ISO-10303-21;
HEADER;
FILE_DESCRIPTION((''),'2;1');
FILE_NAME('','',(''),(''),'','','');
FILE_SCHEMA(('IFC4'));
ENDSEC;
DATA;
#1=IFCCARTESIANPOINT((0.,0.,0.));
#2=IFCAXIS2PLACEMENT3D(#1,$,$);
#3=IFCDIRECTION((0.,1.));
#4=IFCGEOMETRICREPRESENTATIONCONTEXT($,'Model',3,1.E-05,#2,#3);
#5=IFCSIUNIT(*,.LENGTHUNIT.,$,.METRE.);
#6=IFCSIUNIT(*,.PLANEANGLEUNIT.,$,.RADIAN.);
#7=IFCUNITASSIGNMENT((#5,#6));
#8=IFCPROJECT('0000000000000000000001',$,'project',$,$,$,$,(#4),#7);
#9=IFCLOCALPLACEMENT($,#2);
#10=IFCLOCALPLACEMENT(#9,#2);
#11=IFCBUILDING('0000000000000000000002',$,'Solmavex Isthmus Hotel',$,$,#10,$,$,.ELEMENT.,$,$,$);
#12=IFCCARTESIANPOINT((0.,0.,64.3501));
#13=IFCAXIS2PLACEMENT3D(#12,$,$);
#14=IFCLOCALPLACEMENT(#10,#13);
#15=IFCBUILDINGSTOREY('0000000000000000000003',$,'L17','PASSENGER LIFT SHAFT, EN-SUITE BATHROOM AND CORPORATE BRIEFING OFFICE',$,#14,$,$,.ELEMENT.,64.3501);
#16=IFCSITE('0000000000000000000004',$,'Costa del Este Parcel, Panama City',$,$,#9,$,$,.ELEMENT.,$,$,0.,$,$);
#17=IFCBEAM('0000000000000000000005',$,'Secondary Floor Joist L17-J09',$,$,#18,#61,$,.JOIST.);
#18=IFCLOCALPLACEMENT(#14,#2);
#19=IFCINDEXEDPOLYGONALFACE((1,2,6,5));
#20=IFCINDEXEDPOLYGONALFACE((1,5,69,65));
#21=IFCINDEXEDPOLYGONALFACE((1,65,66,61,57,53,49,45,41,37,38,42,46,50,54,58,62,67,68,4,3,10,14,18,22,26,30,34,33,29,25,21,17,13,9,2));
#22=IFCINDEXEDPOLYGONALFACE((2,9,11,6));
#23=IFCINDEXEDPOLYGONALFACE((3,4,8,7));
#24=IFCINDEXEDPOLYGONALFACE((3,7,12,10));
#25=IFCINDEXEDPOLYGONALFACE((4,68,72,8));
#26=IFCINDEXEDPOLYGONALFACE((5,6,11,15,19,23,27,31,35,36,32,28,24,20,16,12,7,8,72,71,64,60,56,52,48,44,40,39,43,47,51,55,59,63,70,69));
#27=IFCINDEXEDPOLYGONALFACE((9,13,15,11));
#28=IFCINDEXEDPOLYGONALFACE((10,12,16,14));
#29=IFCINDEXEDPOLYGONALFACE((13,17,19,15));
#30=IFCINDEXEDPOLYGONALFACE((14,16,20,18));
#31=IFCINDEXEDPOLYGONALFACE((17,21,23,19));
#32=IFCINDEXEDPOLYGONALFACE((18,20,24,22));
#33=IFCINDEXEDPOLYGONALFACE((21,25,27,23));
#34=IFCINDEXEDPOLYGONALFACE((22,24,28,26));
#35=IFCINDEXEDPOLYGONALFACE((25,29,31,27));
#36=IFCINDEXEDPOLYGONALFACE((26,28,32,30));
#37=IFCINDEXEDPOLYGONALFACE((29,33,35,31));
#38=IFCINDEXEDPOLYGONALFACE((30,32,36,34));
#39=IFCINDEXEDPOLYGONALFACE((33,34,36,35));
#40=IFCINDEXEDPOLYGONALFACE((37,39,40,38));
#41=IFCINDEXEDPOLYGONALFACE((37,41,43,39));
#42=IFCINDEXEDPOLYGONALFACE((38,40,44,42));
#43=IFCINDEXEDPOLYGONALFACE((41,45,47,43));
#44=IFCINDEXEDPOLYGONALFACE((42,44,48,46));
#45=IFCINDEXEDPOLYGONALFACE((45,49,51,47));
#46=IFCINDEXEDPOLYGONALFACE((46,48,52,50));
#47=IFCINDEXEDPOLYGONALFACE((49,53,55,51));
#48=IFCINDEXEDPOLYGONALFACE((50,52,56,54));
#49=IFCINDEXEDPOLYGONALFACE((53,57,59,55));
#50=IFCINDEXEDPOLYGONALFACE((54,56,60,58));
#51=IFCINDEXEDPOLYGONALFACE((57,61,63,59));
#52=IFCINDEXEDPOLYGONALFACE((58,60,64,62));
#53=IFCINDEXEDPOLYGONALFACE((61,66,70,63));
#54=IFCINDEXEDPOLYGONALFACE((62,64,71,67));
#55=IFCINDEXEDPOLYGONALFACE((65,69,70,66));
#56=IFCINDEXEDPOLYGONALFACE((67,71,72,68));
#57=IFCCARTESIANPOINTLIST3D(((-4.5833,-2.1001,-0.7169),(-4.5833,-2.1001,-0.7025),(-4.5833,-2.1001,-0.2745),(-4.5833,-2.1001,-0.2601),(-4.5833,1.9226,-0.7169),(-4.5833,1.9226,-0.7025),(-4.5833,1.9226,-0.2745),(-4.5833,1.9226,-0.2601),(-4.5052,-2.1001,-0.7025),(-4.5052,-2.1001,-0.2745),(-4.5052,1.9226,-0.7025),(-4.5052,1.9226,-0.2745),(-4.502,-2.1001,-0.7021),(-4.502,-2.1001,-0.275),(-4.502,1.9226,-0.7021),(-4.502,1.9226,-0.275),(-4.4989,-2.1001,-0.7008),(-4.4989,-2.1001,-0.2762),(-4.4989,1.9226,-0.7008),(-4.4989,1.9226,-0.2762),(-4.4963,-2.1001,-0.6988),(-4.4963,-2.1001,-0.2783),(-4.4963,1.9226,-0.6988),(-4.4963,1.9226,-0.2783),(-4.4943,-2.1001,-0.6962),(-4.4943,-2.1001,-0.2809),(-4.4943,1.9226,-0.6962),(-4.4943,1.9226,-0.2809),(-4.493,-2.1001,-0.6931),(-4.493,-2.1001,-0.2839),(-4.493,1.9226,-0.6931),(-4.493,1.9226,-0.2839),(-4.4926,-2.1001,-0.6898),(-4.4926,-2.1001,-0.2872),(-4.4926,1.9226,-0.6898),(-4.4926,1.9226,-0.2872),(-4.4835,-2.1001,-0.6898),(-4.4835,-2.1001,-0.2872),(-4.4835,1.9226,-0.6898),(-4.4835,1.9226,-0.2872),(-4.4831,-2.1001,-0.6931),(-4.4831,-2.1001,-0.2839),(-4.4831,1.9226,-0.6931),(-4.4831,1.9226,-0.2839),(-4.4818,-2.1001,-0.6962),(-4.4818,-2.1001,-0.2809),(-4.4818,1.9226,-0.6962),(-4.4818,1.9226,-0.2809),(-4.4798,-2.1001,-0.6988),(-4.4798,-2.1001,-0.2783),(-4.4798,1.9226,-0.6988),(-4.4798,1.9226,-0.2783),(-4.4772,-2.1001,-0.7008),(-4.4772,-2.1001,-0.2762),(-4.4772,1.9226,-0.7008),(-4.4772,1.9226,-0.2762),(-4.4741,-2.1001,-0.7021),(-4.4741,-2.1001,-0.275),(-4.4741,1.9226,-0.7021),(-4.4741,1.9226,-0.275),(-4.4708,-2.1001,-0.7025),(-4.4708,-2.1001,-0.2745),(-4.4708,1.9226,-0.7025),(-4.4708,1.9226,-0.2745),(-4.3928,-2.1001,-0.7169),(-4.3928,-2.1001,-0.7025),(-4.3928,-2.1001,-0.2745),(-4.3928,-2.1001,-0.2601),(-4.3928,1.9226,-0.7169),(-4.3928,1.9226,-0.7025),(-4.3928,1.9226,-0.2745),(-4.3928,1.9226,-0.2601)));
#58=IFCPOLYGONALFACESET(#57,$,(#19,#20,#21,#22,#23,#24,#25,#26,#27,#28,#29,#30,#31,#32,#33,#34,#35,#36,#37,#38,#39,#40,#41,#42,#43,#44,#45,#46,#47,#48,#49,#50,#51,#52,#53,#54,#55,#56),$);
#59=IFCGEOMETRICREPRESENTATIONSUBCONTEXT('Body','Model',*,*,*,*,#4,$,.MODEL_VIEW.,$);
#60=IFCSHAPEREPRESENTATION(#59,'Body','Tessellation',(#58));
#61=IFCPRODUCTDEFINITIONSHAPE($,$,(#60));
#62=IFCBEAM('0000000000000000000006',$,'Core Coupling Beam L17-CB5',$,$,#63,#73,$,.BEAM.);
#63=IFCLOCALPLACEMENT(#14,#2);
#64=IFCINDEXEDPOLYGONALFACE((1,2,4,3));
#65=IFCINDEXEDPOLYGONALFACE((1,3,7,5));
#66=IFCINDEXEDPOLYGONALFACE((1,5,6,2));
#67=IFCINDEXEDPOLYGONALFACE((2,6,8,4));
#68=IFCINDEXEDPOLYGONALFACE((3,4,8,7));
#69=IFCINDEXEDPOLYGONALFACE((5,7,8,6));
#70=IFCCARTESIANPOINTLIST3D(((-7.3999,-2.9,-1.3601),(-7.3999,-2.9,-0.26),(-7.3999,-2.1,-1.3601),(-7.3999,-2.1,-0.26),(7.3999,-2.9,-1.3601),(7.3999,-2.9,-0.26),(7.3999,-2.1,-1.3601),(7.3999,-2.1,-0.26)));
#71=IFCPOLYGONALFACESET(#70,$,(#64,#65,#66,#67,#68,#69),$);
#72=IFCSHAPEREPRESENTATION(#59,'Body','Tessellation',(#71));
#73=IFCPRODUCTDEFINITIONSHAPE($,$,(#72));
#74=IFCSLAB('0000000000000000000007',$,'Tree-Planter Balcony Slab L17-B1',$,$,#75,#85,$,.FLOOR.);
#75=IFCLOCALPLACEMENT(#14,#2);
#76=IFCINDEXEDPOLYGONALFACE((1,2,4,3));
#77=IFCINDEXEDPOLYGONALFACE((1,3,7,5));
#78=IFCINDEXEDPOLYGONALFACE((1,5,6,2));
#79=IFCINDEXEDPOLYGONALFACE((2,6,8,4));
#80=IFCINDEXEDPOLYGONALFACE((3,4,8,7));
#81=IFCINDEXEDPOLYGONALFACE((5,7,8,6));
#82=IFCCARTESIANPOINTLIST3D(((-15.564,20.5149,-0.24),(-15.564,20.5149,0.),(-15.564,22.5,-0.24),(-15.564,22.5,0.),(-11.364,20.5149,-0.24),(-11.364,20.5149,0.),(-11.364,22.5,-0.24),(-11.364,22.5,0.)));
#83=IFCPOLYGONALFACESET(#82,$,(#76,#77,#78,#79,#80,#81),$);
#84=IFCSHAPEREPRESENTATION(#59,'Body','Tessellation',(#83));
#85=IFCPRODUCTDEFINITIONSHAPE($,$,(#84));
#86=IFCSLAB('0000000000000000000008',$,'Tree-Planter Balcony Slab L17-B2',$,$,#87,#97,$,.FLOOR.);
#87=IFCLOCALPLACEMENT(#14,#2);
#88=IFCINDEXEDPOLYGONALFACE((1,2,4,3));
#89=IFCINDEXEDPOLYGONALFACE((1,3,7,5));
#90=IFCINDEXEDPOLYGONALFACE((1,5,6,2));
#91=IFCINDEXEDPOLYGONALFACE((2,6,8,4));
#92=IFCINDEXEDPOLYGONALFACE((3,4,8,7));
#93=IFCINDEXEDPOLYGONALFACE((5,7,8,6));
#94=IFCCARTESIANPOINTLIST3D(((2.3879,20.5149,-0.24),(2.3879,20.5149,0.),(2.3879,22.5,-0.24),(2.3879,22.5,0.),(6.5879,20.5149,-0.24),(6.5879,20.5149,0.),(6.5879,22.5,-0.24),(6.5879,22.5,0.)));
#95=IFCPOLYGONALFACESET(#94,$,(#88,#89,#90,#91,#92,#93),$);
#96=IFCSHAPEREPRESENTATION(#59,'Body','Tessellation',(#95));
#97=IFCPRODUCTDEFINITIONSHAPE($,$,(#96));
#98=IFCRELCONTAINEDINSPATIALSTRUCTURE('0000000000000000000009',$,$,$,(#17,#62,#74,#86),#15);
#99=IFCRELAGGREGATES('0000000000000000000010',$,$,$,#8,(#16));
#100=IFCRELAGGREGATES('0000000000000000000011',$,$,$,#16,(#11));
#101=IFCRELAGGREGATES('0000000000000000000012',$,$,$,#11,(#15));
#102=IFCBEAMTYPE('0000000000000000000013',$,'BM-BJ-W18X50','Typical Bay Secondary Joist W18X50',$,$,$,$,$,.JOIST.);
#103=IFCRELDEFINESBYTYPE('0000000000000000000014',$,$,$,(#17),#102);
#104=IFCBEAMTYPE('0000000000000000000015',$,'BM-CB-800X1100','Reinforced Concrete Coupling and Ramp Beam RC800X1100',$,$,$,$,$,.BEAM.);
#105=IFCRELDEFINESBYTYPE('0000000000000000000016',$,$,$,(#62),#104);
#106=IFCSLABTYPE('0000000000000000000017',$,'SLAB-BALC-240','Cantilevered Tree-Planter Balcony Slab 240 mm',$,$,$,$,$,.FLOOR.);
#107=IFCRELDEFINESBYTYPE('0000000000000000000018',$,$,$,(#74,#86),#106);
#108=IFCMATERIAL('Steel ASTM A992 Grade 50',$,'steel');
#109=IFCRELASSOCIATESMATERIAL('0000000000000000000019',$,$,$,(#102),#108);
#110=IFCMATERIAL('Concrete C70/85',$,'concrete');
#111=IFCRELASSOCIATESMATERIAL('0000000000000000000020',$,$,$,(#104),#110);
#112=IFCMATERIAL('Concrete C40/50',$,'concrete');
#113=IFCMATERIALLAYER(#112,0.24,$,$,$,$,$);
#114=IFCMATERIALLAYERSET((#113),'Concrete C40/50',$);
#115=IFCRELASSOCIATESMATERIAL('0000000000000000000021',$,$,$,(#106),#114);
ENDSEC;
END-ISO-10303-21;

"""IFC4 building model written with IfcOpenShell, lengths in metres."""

from ifc_helpers import new_model, si_unit, direction, frame, origin, origin_2d, place, context, subcontext, project, spatial, polyline, rectangle, i_section, outline, extrude, material, layer, layer_set, material_profile, profile_set, type_object, element, save


model = new_model("IFC4")

# Units and contexts
model_context = context("Model", 3, precision=1e-05, world=origin(), true_north=direction((0.0, 1.0)))
body_context = subcontext(model_context, "Body", "Model", "MODEL_VIEW")
ifc_project = project(units=[si_unit("LENGTHUNIT", "METRE"), si_unit("PLANEANGLEUNIT", "RADIAN")], contexts=[model_context])

# Site, building, storey
site_placement = place(None, origin())
site = spatial("IfcSite", under=ifc_project, at=site_placement, Name="Costa del Este Parcel, Panama City", CompositionType="ELEMENT", RefElevation=0.0)
building_placement = place(site_placement, origin())
building = spatial("IfcBuilding", under=site, at=building_placement, Name="Solmavex Isthmus Hotel", CompositionType="ELEMENT")
storey_placement = place(building_placement, frame((0.0, 0.0, 64.3501)))
storey = spatial("IfcBuildingStorey", under=building, at=storey_placement, Name="L17", Description="PASSENGER LIFT SHAFT, EN-SUITE BATHROOM AND CORPORATE BRIEFING OFFICE", CompositionType="ELEMENT", Elevation=64.3501)

# Shared definitions
ifc_material_1 = material(Name="Concrete C70/85", Category="concrete")

# Beams
ifc_material_2 = material(Name="Steel ASTM A992 Grade 50", Category="steel")
ifc_material_profile_1 = material_profile(ifc_material_2, i_section(OverallWidth=0.1904, OverallDepth=0.4568, WebThickness=0.009, FlangeThickness=0.0144, FilletRadius=0.0127, at=origin_2d()), Name="W18X50")
ifc_profile_set_1 = profile_set([ifc_material_profile_1], Name="Steel ASTM A992 Grade 50")
beam_type_1 = type_object("IfcBeamType", Name="BM-BJ-W18X50", Description="Typical Bay Secondary Joist W18X50", PredefinedType="JOIST", material=ifc_profile_set_1)
for number, where, z_axis, x_axis, name in (
    (1, (-4.488, -2.1001, -0.4885), (0.0, 1.0, 0.0), (-1.0, 0.0, 0.0), "Secondary Floor Joist L17-J09"),
):
    element("IfcBeam", number, at=place(storey_placement, frame(where, z_axis=z_axis, x_axis=x_axis)), inside=storey, type_object=beam_type_1, Name=name, PredefinedType="JOIST", context=body_context, shape_type="SweptSolid", body=[
        extrude(i_section(OverallWidth=0.1904, OverallDepth=0.4568, WebThickness=0.009, FlangeThickness=0.0144, FilletRadius=0.0127, at=origin_2d()), origin(), (0.0, 0.0, 1.0), 4.0227),
    ])
ifc_material_profile_2 = material_profile(ifc_material_1, rectangle(XDim=0.8, YDim=1.1001, at=origin_2d()), Name="RC800X1100")
ifc_profile_set_2 = profile_set([ifc_material_profile_2], Name="Concrete C70/85")
beam_type_2 = type_object("IfcBeamType", Name="BM-CB-800X1100", Description="Reinforced Concrete Coupling and Ramp Beam RC800X1100", PredefinedType="BEAM", material=ifc_profile_set_2)
beam_placement = place(storey_placement, frame((-7.3999, -2.5, -0.8101), z_axis=(1.0, 0.0, 0.0), x_axis=(0.0, 1.0, 0.0)))
element("IfcBeam", 2, at=beam_placement, inside=storey, type_object=beam_type_2, Name="Core Coupling Beam L17-CB5", PredefinedType="BEAM", context=body_context, shape_type="SweptSolid", body=[
    extrude(rectangle(XDim=0.8, YDim=1.1001, at=origin_2d()), origin(), (0.0, 0.0, 1.0), 14.7998),
])

# Slabs
ifc_material_3 = material(Name="Concrete C40/50", Category="concrete")
ifc_layer_1 = layer(ifc_material_3, 0.24)
ifc_layer_set_1 = layer_set([ifc_layer_1], Name="Concrete C40/50")
slab_type_1 = type_object("IfcSlabType", Name="SLAB-BALC-240", Description="Cantilevered Tree-Planter Balcony Slab 240 mm", PredefinedType="FLOOR", material=ifc_layer_set_1)
slab_1_placement = place(storey_placement, frame((0.0, 0.0, -0.24)))
element("IfcSlab", 3, at=slab_1_placement, inside=storey, type_object=slab_type_1, Name="Tree-Planter Balcony Slab L17-B1", PredefinedType="FLOOR", context=body_context, shape_type="SweptSolid", body=[
    extrude(outline(polyline([(-15.564, 20.5149), (-11.364, 20.5149), (-11.364, 22.5), (-15.564, 22.5), (-15.564, 20.5149)])), origin(), (0.0, 0.0, 1.0), 0.24),
])
slab_2_placement = place(storey_placement, frame((0.0, 0.0, -0.24)))
element("IfcSlab", 4, at=slab_2_placement, inside=storey, type_object=slab_type_1, Name="Tree-Planter Balcony Slab L17-B2", PredefinedType="FLOOR", context=body_context, shape_type="SweptSolid", body=[
    extrude(outline(polyline([(2.3879, 20.5149), (6.5879, 20.5149), (6.5879, 22.5), (2.3879, 22.5), (2.3879, 20.5149)])), origin(), (0.0, 0.0, 1.0), 0.24),
])

save(model, "model.ifc")
